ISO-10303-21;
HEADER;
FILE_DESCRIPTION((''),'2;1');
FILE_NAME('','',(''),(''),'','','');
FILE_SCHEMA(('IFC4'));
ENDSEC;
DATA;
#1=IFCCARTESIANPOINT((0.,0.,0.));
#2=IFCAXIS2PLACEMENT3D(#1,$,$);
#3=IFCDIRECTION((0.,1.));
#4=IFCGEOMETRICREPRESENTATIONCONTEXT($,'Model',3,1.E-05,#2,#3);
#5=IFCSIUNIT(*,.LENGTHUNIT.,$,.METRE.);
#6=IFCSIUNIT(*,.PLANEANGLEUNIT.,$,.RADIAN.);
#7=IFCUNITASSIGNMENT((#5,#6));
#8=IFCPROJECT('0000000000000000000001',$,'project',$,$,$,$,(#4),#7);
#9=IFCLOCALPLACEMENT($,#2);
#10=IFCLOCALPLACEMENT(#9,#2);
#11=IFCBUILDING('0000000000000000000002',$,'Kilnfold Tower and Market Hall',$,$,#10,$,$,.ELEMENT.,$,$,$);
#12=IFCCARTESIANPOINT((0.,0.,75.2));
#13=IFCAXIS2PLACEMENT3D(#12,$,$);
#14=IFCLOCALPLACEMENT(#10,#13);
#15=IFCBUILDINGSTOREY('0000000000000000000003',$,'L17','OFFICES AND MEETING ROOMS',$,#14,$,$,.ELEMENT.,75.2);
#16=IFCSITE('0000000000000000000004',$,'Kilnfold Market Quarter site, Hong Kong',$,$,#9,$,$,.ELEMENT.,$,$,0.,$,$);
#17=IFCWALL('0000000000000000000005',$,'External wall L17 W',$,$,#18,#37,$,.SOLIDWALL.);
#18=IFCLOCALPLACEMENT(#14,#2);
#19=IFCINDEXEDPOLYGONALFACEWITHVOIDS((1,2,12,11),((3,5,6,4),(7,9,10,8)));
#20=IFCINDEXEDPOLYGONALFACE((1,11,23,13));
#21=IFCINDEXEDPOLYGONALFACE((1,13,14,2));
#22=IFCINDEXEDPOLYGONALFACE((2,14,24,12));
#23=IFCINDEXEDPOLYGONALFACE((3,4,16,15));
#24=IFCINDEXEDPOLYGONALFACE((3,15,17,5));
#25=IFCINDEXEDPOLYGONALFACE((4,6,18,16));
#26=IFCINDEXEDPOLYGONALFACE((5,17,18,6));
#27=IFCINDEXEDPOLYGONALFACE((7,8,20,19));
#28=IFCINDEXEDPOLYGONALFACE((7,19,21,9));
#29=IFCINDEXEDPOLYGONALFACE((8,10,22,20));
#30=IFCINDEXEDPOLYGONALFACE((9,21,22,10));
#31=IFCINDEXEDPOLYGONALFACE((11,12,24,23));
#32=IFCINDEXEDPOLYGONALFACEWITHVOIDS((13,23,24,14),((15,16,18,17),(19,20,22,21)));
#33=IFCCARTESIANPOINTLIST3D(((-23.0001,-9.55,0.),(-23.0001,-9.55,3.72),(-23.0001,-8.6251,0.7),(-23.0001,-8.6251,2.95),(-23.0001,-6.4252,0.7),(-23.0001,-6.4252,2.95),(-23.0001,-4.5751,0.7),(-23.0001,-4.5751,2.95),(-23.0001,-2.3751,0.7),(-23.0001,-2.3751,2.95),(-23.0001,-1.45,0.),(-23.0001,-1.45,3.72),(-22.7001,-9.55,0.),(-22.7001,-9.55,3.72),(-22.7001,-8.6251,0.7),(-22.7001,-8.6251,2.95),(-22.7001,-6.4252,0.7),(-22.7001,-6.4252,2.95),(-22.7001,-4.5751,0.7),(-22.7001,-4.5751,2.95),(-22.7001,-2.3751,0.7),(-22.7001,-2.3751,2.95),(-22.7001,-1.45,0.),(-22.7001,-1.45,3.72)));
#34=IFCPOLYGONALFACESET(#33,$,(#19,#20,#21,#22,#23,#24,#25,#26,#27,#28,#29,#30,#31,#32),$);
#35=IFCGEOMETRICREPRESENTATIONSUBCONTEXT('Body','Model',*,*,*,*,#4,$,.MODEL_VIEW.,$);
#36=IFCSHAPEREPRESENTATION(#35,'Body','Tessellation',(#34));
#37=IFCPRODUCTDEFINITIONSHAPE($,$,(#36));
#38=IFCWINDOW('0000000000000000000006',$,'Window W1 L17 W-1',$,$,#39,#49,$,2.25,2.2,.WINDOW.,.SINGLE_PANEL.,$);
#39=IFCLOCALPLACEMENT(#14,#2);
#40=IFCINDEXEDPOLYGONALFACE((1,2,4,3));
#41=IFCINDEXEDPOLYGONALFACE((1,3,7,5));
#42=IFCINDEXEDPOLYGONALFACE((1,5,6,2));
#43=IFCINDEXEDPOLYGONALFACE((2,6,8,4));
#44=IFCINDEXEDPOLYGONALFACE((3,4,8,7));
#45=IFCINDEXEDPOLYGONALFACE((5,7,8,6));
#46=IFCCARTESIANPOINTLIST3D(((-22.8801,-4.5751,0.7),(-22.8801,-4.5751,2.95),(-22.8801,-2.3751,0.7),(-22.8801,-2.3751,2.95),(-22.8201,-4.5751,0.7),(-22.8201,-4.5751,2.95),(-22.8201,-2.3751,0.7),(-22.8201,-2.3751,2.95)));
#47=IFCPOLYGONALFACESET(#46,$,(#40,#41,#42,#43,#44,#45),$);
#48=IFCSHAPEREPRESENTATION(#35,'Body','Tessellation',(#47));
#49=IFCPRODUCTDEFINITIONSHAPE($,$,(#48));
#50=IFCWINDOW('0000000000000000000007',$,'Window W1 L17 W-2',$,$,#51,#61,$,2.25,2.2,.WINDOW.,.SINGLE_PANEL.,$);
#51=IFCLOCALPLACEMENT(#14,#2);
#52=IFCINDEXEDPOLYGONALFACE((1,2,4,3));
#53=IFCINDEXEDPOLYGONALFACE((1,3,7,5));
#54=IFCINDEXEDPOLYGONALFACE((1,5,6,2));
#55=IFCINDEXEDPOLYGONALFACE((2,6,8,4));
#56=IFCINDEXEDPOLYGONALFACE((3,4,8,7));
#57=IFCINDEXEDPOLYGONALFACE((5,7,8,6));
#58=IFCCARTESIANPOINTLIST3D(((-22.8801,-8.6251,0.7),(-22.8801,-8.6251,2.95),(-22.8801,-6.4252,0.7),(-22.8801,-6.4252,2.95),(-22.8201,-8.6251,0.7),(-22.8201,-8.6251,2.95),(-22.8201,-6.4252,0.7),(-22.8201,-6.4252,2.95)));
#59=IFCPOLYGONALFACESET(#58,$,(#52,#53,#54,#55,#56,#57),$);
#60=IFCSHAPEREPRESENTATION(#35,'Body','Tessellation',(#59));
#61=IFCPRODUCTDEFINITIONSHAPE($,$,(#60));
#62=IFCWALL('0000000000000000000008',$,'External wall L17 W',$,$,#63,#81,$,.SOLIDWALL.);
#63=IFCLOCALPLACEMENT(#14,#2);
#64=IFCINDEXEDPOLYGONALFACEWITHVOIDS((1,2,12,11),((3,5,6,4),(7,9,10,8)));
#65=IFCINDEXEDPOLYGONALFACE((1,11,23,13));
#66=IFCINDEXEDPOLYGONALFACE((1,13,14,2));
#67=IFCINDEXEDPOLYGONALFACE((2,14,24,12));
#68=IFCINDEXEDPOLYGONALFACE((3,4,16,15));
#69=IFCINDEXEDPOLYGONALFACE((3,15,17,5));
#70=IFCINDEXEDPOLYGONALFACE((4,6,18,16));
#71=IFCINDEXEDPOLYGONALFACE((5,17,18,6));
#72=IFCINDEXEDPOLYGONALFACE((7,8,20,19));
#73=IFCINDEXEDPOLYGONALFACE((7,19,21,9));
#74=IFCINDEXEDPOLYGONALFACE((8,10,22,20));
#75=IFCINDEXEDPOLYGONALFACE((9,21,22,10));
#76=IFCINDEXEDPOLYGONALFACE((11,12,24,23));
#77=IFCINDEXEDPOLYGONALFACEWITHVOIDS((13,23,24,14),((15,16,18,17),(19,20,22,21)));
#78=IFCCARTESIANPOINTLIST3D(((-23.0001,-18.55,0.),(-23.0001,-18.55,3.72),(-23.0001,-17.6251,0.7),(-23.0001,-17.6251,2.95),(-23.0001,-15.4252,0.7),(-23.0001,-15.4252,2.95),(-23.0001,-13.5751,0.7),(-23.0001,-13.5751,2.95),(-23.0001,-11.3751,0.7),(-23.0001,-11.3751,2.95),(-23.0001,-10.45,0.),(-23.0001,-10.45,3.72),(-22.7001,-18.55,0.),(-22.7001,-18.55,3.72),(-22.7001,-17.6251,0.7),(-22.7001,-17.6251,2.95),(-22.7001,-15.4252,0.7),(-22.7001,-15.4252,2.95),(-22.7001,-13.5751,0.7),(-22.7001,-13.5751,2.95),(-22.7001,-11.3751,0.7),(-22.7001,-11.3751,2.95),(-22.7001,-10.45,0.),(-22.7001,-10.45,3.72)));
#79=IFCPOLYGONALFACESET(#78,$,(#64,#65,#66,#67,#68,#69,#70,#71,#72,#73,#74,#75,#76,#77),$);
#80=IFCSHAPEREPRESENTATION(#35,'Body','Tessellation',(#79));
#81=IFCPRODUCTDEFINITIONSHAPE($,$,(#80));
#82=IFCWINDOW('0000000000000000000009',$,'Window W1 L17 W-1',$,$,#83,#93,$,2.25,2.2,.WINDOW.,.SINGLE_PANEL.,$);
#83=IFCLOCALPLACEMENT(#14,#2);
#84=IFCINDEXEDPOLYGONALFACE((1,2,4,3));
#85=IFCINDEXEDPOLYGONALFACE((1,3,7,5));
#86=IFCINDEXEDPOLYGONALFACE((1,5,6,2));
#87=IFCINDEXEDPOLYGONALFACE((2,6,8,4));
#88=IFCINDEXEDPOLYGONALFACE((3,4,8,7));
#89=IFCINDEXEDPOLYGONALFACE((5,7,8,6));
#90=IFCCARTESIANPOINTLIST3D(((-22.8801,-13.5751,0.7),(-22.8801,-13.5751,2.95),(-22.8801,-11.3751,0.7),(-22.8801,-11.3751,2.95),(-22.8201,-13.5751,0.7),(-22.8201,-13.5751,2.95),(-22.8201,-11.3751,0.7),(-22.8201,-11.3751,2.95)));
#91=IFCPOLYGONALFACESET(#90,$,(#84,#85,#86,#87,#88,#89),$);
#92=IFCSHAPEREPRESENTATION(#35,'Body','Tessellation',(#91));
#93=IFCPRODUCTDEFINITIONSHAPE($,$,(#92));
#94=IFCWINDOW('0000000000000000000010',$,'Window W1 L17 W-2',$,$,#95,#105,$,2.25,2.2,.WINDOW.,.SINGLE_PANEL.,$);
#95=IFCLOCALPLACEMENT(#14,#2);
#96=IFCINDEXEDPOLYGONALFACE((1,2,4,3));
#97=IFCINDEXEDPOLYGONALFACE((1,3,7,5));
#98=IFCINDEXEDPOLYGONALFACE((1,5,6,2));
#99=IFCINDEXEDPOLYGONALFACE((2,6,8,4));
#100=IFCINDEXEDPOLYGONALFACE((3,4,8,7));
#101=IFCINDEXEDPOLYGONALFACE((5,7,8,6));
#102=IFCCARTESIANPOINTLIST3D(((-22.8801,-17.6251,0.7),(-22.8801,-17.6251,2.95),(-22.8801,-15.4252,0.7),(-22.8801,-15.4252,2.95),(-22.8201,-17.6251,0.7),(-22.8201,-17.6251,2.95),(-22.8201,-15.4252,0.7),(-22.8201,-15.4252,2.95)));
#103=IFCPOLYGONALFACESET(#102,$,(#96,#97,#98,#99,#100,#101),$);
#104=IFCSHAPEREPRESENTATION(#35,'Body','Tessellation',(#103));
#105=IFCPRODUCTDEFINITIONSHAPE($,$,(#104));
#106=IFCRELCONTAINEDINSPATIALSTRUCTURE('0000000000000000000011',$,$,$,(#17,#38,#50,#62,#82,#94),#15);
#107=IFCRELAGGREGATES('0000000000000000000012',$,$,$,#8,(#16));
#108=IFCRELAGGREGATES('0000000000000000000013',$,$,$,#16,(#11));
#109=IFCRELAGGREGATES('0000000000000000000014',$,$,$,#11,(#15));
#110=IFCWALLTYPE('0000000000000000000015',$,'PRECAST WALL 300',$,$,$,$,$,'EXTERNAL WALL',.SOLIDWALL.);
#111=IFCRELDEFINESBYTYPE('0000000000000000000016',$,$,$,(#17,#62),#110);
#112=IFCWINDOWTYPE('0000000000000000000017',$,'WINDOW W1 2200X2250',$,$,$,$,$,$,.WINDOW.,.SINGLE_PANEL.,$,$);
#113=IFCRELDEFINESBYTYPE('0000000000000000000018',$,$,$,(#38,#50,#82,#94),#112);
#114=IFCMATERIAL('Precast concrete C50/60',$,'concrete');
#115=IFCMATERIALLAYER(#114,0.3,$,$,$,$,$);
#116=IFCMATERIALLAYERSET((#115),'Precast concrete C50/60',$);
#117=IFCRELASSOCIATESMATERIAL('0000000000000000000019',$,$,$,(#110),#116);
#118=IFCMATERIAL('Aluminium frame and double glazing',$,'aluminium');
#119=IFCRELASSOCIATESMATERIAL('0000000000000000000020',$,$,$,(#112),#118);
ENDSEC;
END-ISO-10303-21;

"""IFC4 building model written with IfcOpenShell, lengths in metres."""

from ifc_helpers import new_model, si_unit, direction, frame, frame_2d, origin, place, context, subcontext, project, spatial, rectangle, extrude, source, transform, mapped, material, layer, layer_set, type_object, element, fill, save


model = new_model("IFC4")

# Units and contexts
model_context = context("Model", 3, precision=1e-05, world=origin(), true_north=direction((0.0, 1.0)))
body_context = subcontext(model_context, "Body", "Model", "MODEL_VIEW")
ifc_project = project(units=[si_unit("LENGTHUNIT", "METRE"), si_unit("PLANEANGLEUNIT", "RADIAN")], contexts=[model_context])

# Site, building, storey
site_placement = place(None, origin())
site = spatial("IfcSite", under=ifc_project, at=site_placement, Name="Kilnfold Market Quarter site, Hong Kong", CompositionType="ELEMENT", RefElevation=0.0)
building_placement = place(site_placement, origin())
building = spatial("IfcBuilding", under=site, at=building_placement, Name="Kilnfold Tower and Market Hall", CompositionType="ELEMENT")
storey_placement = place(building_placement, frame((0.0, 0.0, 75.2)))
storey = spatial("IfcBuildingStorey", under=building, at=storey_placement, Name="L17", Description="OFFICES AND MEETING ROOMS", CompositionType="ELEMENT", Elevation=75.2)

# Walls, openings, windows
ifc_material_1 = material(Name="Precast concrete C50/60", Category="concrete")
ifc_layer_1 = layer(ifc_material_1, 0.3)
ifc_layer_set_1 = layer_set([ifc_layer_1], Name="Precast concrete C50/60")
wall_type_1 = type_object("IfcWallType", Name="PRECAST WALL 300", ElementType="EXTERNAL WALL", PredefinedType="SOLIDWALL", material=ifc_layer_set_1)
shared_shape_1 = source(origin(), body_context, "Body", "SweptSolid", [
    extrude(rectangle(XDim=8.1001, YDim=0.3, at=frame_2d((4.05, 0.0))), origin(), (0.0, 0.0, 1.0), 3.72),
])
wall_1_placement = place(storey_placement, frame((-22.8501, -1.45, 0.0), z_axis=(0.0, 0.0, 1.0), x_axis=(0.0, -1.0, 0.0)))
wall_1 = element("IfcWall", 1, at=wall_1_placement, inside=storey, type_object=wall_type_1, Name="External wall L17 W", PredefinedType="SOLIDWALL", context=body_context, shape_type="MappedRepresentation", body=[
    mapped(shared_shape_1, transform((0.0, 0.0, 0.0))),
])
opening_1_placement = place(wall_1_placement, frame((0.925, 0.0, 0.7)))
opening_1 = element("IfcOpeningElement", 2, at=opening_1_placement, cuts=wall_1, PredefinedType="OPENING", context=body_context, shape_type="SweptSolid", body=[
    extrude(rectangle(XDim=2.2, YDim=2.25, at=frame_2d((1.1001, 1.125))), frame((0.0, 0.1602, 0.0), z_axis=(0.0, -1.0, 0.0), x_axis=(1.0, 0.0, 0.0)), (0.0, 0.0, 1.0), 0.3201),
])
opening_2_placement = place(wall_1_placement, frame((4.9751, 0.0, 0.7)))
opening_2 = element("IfcOpeningElement", 3, at=opening_2_placement, cuts=wall_1, PredefinedType="OPENING", context=body_context, shape_type="SweptSolid", body=[
    extrude(rectangle(XDim=2.2, YDim=2.25, at=frame_2d((1.1001, 1.125))), frame((0.0, 0.1602, 0.0), z_axis=(0.0, -1.0, 0.0), x_axis=(1.0, 0.0, 0.0)), (0.0, 0.0, 1.0), 0.3201),
])
ifc_material_2 = material(Name="Aluminium frame and double glazing", Category="aluminium")
window_type = type_object("IfcWindowType", Name="WINDOW W1 2200X2250", PartitioningType="SINGLE_PANEL", PredefinedType="WINDOW", material=ifc_material_2)
window_1_placement = place(opening_1_placement, origin())
window_1 = element("IfcWindow", 4, at=window_1_placement, inside=storey, type_object=window_type, Name="Window W1 L17 W-1", OverallHeight=2.25, OverallWidth=2.2, PartitioningType="SINGLE_PANEL", PredefinedType="WINDOW", context=body_context, shape_type="SweptSolid", body=[
    extrude(rectangle(XDim=2.2, YDim=2.25, at=frame_2d((1.1001, 1.125))), frame((0.0, 0.03, 0.0), z_axis=(0.0, -1.0, 0.0), x_axis=(1.0, 0.0, 0.0)), (0.0, 0.0, 1.0), 0.0601),
])
fill(opening_1, window_1)
window_2_placement = place(opening_2_placement, origin())
window_2 = element("IfcWindow", 5, at=window_2_placement, inside=storey, type_object=window_type, Name="Window W1 L17 W-2", OverallHeight=2.25, OverallWidth=2.2, PartitioningType="SINGLE_PANEL", PredefinedType="WINDOW", context=body_context, shape_type="SweptSolid", body=[
    extrude(rectangle(XDim=2.2, YDim=2.25, at=frame_2d((1.1001, 1.125))), frame((0.0, 0.03, 0.0), z_axis=(0.0, -1.0, 0.0), x_axis=(1.0, 0.0, 0.0)), (0.0, 0.0, 1.0), 0.0601),
])
fill(opening_2, window_2)
wall_2_placement = place(storey_placement, frame((-22.8501, -10.45, 0.0), z_axis=(0.0, 0.0, 1.0), x_axis=(0.0, -1.0, 0.0)))
wall_2 = element("IfcWall", 6, at=wall_2_placement, inside=storey, type_object=wall_type_1, Name="External wall L17 W", PredefinedType="SOLIDWALL", context=body_context, shape_type="MappedRepresentation", body=[
    mapped(shared_shape_1, transform((0.0, 0.0, 0.0))),
])
opening_3_placement = place(wall_2_placement, frame((0.925, 0.0, 0.7)))
opening_3 = element("IfcOpeningElement", 7, at=opening_3_placement, cuts=wall_2, PredefinedType="OPENING", context=body_context, shape_type="SweptSolid", body=[
    extrude(rectangle(XDim=2.2, YDim=2.25, at=frame_2d((1.1001, 1.125))), frame((0.0, 0.1602, 0.0), z_axis=(0.0, -1.0, 0.0), x_axis=(1.0, 0.0, 0.0)), (0.0, 0.0, 1.0), 0.3201),
])
opening_4_placement = place(wall_2_placement, frame((4.9751, 0.0, 0.7)))
opening_4 = element("IfcOpeningElement", 8, at=opening_4_placement, cuts=wall_2, PredefinedType="OPENING", context=body_context, shape_type="SweptSolid", body=[
    extrude(rectangle(XDim=2.2, YDim=2.25, at=frame_2d((1.1001, 1.125))), frame((0.0, 0.1602, 0.0), z_axis=(0.0, -1.0, 0.0), x_axis=(1.0, 0.0, 0.0)), (0.0, 0.0, 1.0), 0.3201),
])
window_3_placement = place(opening_3_placement, origin())
window_3 = element("IfcWindow", 9, at=window_3_placement, inside=storey, type_object=window_type, Name="Window W1 L17 W-1", OverallHeight=2.25, OverallWidth=2.2, PartitioningType="SINGLE_PANEL", PredefinedType="WINDOW", context=body_context, shape_type="SweptSolid", body=[
    extrude(rectangle(XDim=2.2, YDim=2.25, at=frame_2d((1.1001, 1.125))), frame((0.0, 0.03, 0.0), z_axis=(0.0, -1.0, 0.0), x_axis=(1.0, 0.0, 0.0)), (0.0, 0.0, 1.0), 0.0601),
])
fill(opening_3, window_3)
window_4_placement = place(opening_4_placement, origin())
window_4 = element("IfcWindow", 10, at=window_4_placement, inside=storey, type_object=window_type, Name="Window W1 L17 W-2", OverallHeight=2.25, OverallWidth=2.2, PartitioningType="SINGLE_PANEL", PredefinedType="WINDOW", context=body_context, shape_type="SweptSolid", body=[
    extrude(rectangle(XDim=2.2, YDim=2.25, at=frame_2d((1.1001, 1.125))), frame((0.0, 0.03, 0.0), z_axis=(0.0, -1.0, 0.0), x_axis=(1.0, 0.0, 0.0)), (0.0, 0.0, 1.0), 0.0601),
])
fill(opening_4, window_4)

save(model, "model.ifc")
